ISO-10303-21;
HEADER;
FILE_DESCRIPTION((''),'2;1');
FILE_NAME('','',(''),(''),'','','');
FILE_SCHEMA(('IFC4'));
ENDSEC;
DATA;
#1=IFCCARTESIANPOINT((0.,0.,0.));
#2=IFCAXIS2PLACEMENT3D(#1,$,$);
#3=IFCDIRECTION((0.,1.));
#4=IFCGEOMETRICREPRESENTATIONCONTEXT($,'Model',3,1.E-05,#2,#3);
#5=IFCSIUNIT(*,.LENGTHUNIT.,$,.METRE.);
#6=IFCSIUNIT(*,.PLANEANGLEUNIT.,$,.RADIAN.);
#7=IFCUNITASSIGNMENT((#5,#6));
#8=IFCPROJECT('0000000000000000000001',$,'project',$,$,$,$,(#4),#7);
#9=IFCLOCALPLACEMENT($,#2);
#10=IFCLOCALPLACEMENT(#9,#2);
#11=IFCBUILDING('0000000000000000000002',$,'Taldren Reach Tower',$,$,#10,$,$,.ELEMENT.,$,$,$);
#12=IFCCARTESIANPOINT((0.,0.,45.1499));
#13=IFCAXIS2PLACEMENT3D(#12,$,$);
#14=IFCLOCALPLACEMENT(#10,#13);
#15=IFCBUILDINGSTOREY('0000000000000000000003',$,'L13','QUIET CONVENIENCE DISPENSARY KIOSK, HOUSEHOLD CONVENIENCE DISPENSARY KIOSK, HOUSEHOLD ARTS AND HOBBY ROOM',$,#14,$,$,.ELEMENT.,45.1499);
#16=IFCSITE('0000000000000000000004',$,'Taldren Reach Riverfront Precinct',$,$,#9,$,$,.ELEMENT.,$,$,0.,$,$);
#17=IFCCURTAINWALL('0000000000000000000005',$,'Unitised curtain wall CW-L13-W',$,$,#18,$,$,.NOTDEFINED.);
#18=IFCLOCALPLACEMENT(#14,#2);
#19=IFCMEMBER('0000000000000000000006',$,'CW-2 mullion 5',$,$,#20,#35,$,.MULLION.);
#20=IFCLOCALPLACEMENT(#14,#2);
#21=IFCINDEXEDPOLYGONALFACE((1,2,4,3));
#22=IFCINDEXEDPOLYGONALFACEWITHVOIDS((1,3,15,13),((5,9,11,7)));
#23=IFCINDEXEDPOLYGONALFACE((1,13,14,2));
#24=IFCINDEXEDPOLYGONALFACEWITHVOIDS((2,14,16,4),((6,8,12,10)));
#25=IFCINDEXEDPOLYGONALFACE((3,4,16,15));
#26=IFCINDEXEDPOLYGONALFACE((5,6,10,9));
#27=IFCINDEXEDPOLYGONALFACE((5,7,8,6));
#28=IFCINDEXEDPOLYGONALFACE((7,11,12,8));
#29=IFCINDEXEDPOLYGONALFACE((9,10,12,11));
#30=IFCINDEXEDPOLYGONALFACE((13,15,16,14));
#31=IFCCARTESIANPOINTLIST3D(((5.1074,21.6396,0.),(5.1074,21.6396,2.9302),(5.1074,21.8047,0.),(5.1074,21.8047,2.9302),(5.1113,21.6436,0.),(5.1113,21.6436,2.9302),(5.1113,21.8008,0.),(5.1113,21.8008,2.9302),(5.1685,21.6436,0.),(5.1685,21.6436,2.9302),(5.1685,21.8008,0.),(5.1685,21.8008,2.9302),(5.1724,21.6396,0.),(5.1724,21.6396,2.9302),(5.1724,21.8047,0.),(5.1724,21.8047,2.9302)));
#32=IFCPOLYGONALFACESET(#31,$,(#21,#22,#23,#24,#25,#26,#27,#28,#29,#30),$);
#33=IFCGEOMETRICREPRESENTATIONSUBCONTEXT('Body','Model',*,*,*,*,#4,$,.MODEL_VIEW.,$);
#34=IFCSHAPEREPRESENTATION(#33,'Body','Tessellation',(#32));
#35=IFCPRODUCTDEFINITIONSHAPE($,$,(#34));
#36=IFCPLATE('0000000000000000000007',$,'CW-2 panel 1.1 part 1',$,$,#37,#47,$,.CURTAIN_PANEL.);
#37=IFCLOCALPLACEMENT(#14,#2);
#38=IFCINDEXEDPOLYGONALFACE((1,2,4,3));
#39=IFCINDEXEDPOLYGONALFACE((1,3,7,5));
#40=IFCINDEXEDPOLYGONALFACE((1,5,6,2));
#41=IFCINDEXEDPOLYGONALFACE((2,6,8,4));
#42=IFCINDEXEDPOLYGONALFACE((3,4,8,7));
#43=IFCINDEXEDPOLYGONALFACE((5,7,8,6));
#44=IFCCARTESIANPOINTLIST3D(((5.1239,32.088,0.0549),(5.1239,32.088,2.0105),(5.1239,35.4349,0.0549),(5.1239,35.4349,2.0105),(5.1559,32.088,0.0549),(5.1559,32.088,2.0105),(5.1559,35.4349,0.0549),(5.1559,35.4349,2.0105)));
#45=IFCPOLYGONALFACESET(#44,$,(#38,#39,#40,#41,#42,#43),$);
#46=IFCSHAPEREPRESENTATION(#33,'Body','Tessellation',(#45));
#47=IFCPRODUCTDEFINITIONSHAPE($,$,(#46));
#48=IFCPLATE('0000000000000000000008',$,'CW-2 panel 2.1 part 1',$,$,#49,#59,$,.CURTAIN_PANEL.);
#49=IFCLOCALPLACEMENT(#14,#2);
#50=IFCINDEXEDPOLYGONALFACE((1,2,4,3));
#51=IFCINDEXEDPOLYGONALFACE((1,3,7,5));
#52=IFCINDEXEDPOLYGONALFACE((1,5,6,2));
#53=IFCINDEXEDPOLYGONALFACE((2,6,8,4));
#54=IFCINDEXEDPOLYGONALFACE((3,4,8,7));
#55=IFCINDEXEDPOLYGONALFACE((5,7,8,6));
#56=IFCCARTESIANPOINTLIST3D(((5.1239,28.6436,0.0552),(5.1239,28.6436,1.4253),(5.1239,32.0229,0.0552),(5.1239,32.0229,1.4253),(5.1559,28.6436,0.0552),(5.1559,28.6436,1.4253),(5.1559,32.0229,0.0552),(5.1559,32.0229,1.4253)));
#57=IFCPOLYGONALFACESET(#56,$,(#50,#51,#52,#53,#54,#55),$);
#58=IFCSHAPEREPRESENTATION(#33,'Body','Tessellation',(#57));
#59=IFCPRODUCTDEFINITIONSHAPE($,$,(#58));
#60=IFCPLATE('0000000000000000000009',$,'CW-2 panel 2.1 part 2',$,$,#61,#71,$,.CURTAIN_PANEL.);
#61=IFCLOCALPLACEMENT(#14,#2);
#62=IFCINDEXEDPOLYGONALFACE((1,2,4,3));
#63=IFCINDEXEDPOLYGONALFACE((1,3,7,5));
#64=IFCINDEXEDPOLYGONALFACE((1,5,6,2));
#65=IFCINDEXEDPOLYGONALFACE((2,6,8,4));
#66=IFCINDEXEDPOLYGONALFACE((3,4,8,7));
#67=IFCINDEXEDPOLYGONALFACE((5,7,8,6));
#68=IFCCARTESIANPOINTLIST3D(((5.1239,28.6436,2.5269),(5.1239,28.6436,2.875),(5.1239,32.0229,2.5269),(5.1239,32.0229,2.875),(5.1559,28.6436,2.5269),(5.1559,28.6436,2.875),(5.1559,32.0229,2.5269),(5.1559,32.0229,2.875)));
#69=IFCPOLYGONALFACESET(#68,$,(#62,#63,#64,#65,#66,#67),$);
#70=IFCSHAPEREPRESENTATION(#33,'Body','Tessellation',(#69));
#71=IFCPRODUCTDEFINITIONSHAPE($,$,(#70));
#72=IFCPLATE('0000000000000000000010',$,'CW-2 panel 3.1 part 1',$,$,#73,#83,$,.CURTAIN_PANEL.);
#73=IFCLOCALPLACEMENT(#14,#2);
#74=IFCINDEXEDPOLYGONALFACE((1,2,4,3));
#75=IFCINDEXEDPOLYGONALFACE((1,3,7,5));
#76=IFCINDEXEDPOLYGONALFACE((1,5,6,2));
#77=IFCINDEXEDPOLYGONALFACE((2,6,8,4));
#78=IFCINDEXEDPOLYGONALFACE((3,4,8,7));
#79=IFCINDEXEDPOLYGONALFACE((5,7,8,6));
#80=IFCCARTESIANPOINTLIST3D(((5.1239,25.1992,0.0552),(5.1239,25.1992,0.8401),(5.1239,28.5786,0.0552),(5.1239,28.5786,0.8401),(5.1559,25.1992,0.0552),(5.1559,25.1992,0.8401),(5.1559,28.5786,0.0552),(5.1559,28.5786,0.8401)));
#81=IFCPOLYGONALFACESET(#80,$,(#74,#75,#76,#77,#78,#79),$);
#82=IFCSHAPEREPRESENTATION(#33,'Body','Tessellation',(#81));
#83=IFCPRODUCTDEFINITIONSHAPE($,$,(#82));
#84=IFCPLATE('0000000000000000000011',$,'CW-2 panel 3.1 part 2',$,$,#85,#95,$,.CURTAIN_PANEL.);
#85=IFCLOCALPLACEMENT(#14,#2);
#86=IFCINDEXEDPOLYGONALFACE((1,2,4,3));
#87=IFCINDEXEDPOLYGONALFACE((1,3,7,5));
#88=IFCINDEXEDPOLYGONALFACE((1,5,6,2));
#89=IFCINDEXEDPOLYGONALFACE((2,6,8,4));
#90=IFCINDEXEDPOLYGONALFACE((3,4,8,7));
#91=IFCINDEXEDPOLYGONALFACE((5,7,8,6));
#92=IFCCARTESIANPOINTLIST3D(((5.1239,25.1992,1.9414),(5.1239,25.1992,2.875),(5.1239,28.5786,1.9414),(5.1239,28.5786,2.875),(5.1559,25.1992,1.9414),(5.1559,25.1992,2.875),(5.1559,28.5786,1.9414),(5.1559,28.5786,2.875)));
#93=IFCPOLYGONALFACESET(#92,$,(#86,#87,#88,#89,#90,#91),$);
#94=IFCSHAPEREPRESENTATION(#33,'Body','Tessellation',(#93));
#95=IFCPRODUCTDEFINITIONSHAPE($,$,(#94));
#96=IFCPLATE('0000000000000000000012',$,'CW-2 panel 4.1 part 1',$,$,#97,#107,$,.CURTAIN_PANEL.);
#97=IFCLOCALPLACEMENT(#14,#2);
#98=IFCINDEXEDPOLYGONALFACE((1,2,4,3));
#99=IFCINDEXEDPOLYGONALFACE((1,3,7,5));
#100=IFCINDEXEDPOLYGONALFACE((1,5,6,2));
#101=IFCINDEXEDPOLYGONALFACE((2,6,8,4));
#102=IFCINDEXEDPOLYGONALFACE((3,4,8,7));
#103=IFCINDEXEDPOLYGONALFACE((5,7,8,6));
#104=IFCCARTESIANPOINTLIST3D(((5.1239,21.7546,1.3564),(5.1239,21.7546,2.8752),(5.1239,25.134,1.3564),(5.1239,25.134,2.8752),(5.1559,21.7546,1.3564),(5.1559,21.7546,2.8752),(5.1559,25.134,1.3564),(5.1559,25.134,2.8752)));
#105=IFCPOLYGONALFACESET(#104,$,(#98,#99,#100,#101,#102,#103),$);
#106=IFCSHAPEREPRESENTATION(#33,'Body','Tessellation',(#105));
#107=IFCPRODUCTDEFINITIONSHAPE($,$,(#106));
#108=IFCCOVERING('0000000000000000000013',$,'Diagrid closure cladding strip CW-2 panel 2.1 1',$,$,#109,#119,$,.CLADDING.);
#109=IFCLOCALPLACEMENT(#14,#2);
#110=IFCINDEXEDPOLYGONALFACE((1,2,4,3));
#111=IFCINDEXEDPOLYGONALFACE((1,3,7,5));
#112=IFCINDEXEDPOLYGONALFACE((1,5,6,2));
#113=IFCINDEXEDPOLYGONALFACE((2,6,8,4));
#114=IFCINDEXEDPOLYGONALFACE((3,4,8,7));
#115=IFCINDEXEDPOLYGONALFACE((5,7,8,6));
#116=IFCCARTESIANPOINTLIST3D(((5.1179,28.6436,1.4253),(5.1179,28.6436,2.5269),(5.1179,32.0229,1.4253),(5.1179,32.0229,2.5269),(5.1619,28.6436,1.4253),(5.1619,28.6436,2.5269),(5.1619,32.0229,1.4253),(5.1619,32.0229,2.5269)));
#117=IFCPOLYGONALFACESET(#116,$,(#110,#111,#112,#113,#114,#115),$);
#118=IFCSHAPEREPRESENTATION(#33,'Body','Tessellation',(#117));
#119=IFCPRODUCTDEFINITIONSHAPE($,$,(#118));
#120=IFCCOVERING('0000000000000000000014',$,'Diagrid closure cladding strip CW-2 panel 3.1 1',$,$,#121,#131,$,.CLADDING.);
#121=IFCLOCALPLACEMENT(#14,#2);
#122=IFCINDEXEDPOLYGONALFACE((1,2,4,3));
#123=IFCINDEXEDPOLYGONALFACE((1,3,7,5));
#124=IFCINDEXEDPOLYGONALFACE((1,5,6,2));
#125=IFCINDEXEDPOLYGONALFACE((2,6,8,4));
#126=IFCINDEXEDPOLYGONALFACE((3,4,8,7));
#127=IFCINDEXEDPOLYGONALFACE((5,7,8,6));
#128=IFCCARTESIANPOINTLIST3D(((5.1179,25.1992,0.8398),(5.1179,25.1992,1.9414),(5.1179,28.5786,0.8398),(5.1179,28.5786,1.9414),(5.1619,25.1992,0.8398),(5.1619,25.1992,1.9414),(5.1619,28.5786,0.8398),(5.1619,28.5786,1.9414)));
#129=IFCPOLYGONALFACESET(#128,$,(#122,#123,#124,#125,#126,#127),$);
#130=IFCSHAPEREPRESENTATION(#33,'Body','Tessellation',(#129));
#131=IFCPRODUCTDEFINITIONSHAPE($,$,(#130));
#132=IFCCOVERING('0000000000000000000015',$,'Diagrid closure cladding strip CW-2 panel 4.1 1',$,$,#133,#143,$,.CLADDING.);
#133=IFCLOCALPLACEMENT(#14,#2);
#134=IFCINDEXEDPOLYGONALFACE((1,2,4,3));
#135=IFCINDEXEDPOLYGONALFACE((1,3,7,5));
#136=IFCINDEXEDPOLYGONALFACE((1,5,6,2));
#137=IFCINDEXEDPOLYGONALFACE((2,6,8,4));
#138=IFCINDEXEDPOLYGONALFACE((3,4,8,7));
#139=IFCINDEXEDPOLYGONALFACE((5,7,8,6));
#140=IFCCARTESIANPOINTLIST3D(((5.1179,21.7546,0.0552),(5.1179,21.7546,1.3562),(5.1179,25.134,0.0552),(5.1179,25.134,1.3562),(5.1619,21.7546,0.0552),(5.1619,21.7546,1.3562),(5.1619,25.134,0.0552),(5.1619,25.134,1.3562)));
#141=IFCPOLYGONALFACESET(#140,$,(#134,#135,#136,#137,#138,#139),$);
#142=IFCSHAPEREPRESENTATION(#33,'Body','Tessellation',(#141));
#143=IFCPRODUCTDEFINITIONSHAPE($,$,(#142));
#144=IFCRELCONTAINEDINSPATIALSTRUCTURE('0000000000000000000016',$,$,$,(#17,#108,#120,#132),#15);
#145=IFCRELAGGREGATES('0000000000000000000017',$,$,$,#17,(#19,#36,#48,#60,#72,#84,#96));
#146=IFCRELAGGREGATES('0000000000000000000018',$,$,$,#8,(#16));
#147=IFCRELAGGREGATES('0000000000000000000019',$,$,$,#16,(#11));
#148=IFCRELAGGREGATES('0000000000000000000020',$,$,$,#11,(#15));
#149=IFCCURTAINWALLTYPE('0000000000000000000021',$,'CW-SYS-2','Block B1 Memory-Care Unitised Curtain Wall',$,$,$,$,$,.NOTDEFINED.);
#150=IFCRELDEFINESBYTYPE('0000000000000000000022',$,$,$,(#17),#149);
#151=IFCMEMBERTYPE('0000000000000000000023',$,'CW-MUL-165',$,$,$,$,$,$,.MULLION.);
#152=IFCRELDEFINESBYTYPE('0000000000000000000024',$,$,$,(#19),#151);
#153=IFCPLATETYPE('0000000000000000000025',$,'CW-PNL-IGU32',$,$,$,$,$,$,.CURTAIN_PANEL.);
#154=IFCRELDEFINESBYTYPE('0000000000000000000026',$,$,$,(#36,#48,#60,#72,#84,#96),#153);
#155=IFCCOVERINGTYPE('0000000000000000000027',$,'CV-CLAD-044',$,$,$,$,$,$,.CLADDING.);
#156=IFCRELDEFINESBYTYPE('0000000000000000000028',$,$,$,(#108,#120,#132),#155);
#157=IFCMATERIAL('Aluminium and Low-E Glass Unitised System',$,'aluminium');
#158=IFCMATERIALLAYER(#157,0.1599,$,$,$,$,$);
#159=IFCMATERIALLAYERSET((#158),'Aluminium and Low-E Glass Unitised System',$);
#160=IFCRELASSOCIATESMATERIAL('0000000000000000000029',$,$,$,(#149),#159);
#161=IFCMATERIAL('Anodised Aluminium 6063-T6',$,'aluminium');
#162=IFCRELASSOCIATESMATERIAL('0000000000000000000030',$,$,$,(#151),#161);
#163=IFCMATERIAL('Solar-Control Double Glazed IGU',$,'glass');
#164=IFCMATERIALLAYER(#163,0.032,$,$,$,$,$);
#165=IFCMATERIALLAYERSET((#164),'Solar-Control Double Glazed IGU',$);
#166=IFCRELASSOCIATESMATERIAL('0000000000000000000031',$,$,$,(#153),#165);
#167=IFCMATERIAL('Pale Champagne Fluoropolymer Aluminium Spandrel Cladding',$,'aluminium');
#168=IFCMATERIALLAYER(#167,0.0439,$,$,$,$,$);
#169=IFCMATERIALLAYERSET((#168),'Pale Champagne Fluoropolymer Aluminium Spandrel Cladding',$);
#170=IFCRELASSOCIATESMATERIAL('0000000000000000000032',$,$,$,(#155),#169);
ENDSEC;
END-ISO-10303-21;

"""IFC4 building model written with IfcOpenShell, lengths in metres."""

from ifc_helpers import new_model, si_unit, direction, frame, origin, origin_2d, place, context, subcontext, project, spatial, rectangle, hollow_rectangle, extrude, source, transform, mapped, material, layer, layer_set, material_profile, profile_set, type_object, element, aggregate, save


model = new_model("IFC4")

# Units and contexts
model_context = context("Model", 3, precision=1e-05, world=origin(), true_north=direction((0.0, 1.0)))
body_context = subcontext(model_context, "Body", "Model", "MODEL_VIEW")
ifc_project = project(units=[si_unit("LENGTHUNIT", "METRE"), si_unit("PLANEANGLEUNIT", "RADIAN")], contexts=[model_context])

# Site, building, storey
site_placement = place(None, origin())
site = spatial("IfcSite", under=ifc_project, at=site_placement, Name="Taldren Reach Riverfront Precinct", CompositionType="ELEMENT", RefElevation=0.0)
building_placement = place(site_placement, origin())
building = spatial("IfcBuilding", under=site, at=building_placement, Name="Taldren Reach Tower", CompositionType="ELEMENT")
storey_placement = place(building_placement, frame((0.0, 0.0, 45.1499)))
storey = spatial("IfcBuildingStorey", under=building, at=storey_placement, Name="L13", Description="QUIET CONVENIENCE DISPENSARY KIOSK, HOUSEHOLD CONVENIENCE DISPENSARY KIOSK, HOUSEHOLD ARTS AND HOBBY ROOM", CompositionType="ELEMENT", Elevation=45.1499)

# Curtain wall, member, plates
ifc_material_1 = material(Name="Aluminium and Low-E Glass Unitised System", Category="aluminium")
ifc_layer_1 = layer(ifc_material_1, 0.1599)
ifc_layer_set_1 = layer_set([ifc_layer_1], Name="Aluminium and Low-E Glass Unitised System")
curtain_wall_type = type_object("IfcCurtainWallType", Name="CW-SYS-2", Description="Block B1 Memory-Care Unitised Curtain Wall", PredefinedType="NOTDEFINED", material=ifc_layer_set_1)
curtain_wall_placement = place(storey_placement, origin())
curtain_wall = element("IfcCurtainWall", 1, at=curtain_wall_placement, inside=storey, type_object=curtain_wall_type, Name="Unitised curtain wall CW-L13-W", PredefinedType="NOTDEFINED")
ifc_material_2 = material(Name="Anodised Aluminium 6063-T6", Category="aluminium")
ifc_material_profile_1 = material_profile(ifc_material_2, hollow_rectangle(XDim=0.0649, YDim=0.165, WallThickness=0.0039, at=origin_2d()), Name="ALU-165x65x4RHS")
ifc_profile_set_1 = profile_set([ifc_material_profile_1], Name="Anodised Aluminium 6063-T6")
member_type_1 = type_object("IfcMemberType", Name="CW-MUL-165", PredefinedType="MULLION", material=ifc_profile_set_1)
shared_shape_1 = source(origin(), body_context, "Body", "SweptSolid", [
    extrude(hollow_rectangle(XDim=0.0649, YDim=0.165, WallThickness=0.0039, at=origin_2d()), origin(), (0.0, 0.0, 1.0), 2.9302),
])
member_1_placement = place(storey_placement, frame((5.1399, 21.7222, 0.0), z_axis=(0.0, 0.0, 1.0), x_axis=(1.0, 0.0, 0.0)))
member_1 = element("IfcMember", 2, at=member_1_placement, type_object=member_type_1, Name="CW-2 mullion 5", PredefinedType="MULLION", context=body_context, shape_type="MappedRepresentation", body=[
    mapped(shared_shape_1, transform((0.0, 0.0, 0.0), scale=1.0)),
])
ifc_material_3 = material(Name="Solar-Control Double Glazed IGU", Category="glass")
ifc_layer_2 = layer(ifc_material_3, 0.032)
ifc_layer_set_2 = layer_set([ifc_layer_2], Name="Solar-Control Double Glazed IGU")
plate_type = type_object("IfcPlateType", Name="CW-PNL-IGU32", PredefinedType="CURTAIN_PANEL", material=ifc_layer_set_2)
shared_shape_2 = source(origin(), body_context, "Body", "SweptSolid", [
    extrude(rectangle(XDim=3.3469, YDim=0.032, at=origin_2d()), origin(), (0.0, 0.0, 1.0), 1.9556),
])
plate_1_placement = place(storey_placement, frame((5.1399, 33.7615, 0.0549), z_axis=(0.0, 0.0, 1.0), x_axis=(0.0, -1.0, 0.0)))
plate_1 = element("IfcPlate", 3, at=plate_1_placement, type_object=plate_type, Name="CW-2 panel 1.1 part 1", PredefinedType="CURTAIN_PANEL", context=body_context, shape_type="MappedRepresentation", body=[
    mapped(shared_shape_2, transform((0.0, 0.0, 0.0), scale=1.0)),
])
shared_shape_3 = source(origin(), body_context, "Body", "SweptSolid", [
    extrude(rectangle(XDim=3.3794, YDim=0.032, at=origin_2d()), origin(), (0.0, 0.0, 1.0), 1.3701),
])
plate_2_placement = place(storey_placement, frame((5.1399, 30.3333, 0.0552), z_axis=(0.0, 0.0, 1.0), x_axis=(0.0, -1.0, 0.0)))
plate_2 = element("IfcPlate", 4, at=plate_2_placement, type_object=plate_type, Name="CW-2 panel 2.1 part 1", PredefinedType="CURTAIN_PANEL", context=body_context, shape_type="MappedRepresentation", body=[
    mapped(shared_shape_3, transform((0.0, 0.0, 0.0), scale=1.0)),
])
shared_shape_4 = source(origin(), body_context, "Body", "SweptSolid", [
    extrude(rectangle(XDim=3.3794, YDim=0.032, at=origin_2d()), origin(), (0.0, 0.0, 1.0), 0.3481),
])
plate_3_placement = place(storey_placement, frame((5.1399, 30.3333, 2.5269), z_axis=(0.0, 0.0, 1.0), x_axis=(0.0, -1.0, 0.0)))
plate_3 = element("IfcPlate", 5, at=plate_3_placement, type_object=plate_type, Name="CW-2 panel 2.1 part 2", PredefinedType="CURTAIN_PANEL", context=body_context, shape_type="MappedRepresentation", body=[
    mapped(shared_shape_4, transform((0.0, 0.0, 0.0), scale=1.0)),
])
shared_shape_5 = source(origin(), body_context, "Body", "SweptSolid", [
    extrude(rectangle(XDim=3.3794, YDim=0.032, at=origin_2d()), origin(), (0.0, 0.0, 1.0), 0.7849),
])
plate_4_placement = place(storey_placement, frame((5.1399, 26.8889, 0.0552), z_axis=(0.0, 0.0, 1.0), x_axis=(0.0, -1.0, 0.0)))
plate_4 = element("IfcPlate", 6, at=plate_4_placement, type_object=plate_type, Name="CW-2 panel 3.1 part 1", PredefinedType="CURTAIN_PANEL", context=body_context, shape_type="MappedRepresentation", body=[
    mapped(shared_shape_5, transform((0.0, 0.0, 0.0), scale=1.0)),
])
shared_shape_6 = source(origin(), body_context, "Body", "SweptSolid", [
    extrude(rectangle(XDim=3.3794, YDim=0.032, at=origin_2d()), origin(), (0.0, 0.0, 1.0), 0.9336),
])
plate_5_placement = place(storey_placement, frame((5.1399, 26.8889, 1.9414), z_axis=(0.0, 0.0, 1.0), x_axis=(0.0, -1.0, 0.0)))
plate_5 = element("IfcPlate", 7, at=plate_5_placement, type_object=plate_type, Name="CW-2 panel 3.1 part 2", PredefinedType="CURTAIN_PANEL", context=body_context, shape_type="MappedRepresentation", body=[
    mapped(shared_shape_6, transform((0.0, 0.0, 0.0), scale=1.0)),
])
shared_shape_7 = source(origin(), body_context, "Body", "SweptSolid", [
    extrude(rectangle(XDim=3.3794, YDim=0.032, at=origin_2d()), origin(), (0.0, 0.0, 1.0), 1.5188),
])
plate_6_placement = place(storey_placement, frame((5.1399, 23.4443, 1.3564), z_axis=(0.0, 0.0, 1.0), x_axis=(0.0, -1.0, 0.0)))
plate_6 = element("IfcPlate", 8, at=plate_6_placement, type_object=plate_type, Name="CW-2 panel 4.1 part 1", PredefinedType="CURTAIN_PANEL", context=body_context, shape_type="MappedRepresentation", body=[
    mapped(shared_shape_7, transform((0.0, 0.0, 0.0), scale=1.0)),
])
aggregate(curtain_wall, [member_1, plate_1, plate_2, plate_3, plate_4, plate_5, plate_6])

# Coverings
ifc_material_4 = material(Name="Pale Champagne Fluoropolymer Aluminium Spandrel Cladding", Category="aluminium")
ifc_layer_3 = layer(ifc_material_4, 0.0439)
ifc_layer_set_3 = layer_set([ifc_layer_3], Name="Pale Champagne Fluoropolymer Aluminium Spandrel Cladding")
covering_type = type_object("IfcCoveringType", Name="CV-CLAD-044", PredefinedType="CLADDING", material=ifc_layer_set_3)
shared_shape_8 = source(origin(), body_context, "Body", "SweptSolid", [
    extrude(rectangle(XDim=3.3794, YDim=0.0439, at=origin_2d()), origin(), (0.0, 0.0, 1.0), 1.1016),
])
for number, where, z_axis, x_axis, name in (
    (9, (5.1399, 30.3333, 1.4253), (0.0, 0.0, 1.0), (0.0, -1.0, 0.0), "Diagrid closure cladding strip CW-2 panel 2.1 1"),
    (10, (5.1399, 26.8889, 0.8398), (0.0, 0.0, 1.0), (0.0, -1.0, 0.0), "Diagrid closure cladding strip CW-2 panel 3.1 1"),
):
    element("IfcCovering", number, at=place(storey_placement, frame(where, z_axis=z_axis, x_axis=x_axis)), inside=storey, type_object=covering_type, Name=name, PredefinedType="CLADDING", context=body_context, shape_type="MappedRepresentation", body=[
        mapped(shared_shape_8, transform((0.0, 0.0, 0.0), scale=1.0)),
    ])
shared_shape_9 = source(origin(), body_context, "Body", "SweptSolid", [
    extrude(rectangle(XDim=3.3794, YDim=0.0439, at=origin_2d()), origin(), (0.0, 0.0, 1.0), 1.301),
])
covering_placement = place(storey_placement, frame((5.1399, 23.4443, 0.0552), z_axis=(0.0, 0.0, 1.0), x_axis=(0.0, -1.0, 0.0)))
element("IfcCovering", 11, at=covering_placement, inside=storey, type_object=covering_type, Name="Diagrid closure cladding strip CW-2 panel 4.1 1", PredefinedType="CLADDING", context=body_context, shape_type="MappedRepresentation", body=[
    mapped(shared_shape_9, transform((0.0, 0.0, 0.0), scale=1.0)),
])

save(model, "model.ifc")
